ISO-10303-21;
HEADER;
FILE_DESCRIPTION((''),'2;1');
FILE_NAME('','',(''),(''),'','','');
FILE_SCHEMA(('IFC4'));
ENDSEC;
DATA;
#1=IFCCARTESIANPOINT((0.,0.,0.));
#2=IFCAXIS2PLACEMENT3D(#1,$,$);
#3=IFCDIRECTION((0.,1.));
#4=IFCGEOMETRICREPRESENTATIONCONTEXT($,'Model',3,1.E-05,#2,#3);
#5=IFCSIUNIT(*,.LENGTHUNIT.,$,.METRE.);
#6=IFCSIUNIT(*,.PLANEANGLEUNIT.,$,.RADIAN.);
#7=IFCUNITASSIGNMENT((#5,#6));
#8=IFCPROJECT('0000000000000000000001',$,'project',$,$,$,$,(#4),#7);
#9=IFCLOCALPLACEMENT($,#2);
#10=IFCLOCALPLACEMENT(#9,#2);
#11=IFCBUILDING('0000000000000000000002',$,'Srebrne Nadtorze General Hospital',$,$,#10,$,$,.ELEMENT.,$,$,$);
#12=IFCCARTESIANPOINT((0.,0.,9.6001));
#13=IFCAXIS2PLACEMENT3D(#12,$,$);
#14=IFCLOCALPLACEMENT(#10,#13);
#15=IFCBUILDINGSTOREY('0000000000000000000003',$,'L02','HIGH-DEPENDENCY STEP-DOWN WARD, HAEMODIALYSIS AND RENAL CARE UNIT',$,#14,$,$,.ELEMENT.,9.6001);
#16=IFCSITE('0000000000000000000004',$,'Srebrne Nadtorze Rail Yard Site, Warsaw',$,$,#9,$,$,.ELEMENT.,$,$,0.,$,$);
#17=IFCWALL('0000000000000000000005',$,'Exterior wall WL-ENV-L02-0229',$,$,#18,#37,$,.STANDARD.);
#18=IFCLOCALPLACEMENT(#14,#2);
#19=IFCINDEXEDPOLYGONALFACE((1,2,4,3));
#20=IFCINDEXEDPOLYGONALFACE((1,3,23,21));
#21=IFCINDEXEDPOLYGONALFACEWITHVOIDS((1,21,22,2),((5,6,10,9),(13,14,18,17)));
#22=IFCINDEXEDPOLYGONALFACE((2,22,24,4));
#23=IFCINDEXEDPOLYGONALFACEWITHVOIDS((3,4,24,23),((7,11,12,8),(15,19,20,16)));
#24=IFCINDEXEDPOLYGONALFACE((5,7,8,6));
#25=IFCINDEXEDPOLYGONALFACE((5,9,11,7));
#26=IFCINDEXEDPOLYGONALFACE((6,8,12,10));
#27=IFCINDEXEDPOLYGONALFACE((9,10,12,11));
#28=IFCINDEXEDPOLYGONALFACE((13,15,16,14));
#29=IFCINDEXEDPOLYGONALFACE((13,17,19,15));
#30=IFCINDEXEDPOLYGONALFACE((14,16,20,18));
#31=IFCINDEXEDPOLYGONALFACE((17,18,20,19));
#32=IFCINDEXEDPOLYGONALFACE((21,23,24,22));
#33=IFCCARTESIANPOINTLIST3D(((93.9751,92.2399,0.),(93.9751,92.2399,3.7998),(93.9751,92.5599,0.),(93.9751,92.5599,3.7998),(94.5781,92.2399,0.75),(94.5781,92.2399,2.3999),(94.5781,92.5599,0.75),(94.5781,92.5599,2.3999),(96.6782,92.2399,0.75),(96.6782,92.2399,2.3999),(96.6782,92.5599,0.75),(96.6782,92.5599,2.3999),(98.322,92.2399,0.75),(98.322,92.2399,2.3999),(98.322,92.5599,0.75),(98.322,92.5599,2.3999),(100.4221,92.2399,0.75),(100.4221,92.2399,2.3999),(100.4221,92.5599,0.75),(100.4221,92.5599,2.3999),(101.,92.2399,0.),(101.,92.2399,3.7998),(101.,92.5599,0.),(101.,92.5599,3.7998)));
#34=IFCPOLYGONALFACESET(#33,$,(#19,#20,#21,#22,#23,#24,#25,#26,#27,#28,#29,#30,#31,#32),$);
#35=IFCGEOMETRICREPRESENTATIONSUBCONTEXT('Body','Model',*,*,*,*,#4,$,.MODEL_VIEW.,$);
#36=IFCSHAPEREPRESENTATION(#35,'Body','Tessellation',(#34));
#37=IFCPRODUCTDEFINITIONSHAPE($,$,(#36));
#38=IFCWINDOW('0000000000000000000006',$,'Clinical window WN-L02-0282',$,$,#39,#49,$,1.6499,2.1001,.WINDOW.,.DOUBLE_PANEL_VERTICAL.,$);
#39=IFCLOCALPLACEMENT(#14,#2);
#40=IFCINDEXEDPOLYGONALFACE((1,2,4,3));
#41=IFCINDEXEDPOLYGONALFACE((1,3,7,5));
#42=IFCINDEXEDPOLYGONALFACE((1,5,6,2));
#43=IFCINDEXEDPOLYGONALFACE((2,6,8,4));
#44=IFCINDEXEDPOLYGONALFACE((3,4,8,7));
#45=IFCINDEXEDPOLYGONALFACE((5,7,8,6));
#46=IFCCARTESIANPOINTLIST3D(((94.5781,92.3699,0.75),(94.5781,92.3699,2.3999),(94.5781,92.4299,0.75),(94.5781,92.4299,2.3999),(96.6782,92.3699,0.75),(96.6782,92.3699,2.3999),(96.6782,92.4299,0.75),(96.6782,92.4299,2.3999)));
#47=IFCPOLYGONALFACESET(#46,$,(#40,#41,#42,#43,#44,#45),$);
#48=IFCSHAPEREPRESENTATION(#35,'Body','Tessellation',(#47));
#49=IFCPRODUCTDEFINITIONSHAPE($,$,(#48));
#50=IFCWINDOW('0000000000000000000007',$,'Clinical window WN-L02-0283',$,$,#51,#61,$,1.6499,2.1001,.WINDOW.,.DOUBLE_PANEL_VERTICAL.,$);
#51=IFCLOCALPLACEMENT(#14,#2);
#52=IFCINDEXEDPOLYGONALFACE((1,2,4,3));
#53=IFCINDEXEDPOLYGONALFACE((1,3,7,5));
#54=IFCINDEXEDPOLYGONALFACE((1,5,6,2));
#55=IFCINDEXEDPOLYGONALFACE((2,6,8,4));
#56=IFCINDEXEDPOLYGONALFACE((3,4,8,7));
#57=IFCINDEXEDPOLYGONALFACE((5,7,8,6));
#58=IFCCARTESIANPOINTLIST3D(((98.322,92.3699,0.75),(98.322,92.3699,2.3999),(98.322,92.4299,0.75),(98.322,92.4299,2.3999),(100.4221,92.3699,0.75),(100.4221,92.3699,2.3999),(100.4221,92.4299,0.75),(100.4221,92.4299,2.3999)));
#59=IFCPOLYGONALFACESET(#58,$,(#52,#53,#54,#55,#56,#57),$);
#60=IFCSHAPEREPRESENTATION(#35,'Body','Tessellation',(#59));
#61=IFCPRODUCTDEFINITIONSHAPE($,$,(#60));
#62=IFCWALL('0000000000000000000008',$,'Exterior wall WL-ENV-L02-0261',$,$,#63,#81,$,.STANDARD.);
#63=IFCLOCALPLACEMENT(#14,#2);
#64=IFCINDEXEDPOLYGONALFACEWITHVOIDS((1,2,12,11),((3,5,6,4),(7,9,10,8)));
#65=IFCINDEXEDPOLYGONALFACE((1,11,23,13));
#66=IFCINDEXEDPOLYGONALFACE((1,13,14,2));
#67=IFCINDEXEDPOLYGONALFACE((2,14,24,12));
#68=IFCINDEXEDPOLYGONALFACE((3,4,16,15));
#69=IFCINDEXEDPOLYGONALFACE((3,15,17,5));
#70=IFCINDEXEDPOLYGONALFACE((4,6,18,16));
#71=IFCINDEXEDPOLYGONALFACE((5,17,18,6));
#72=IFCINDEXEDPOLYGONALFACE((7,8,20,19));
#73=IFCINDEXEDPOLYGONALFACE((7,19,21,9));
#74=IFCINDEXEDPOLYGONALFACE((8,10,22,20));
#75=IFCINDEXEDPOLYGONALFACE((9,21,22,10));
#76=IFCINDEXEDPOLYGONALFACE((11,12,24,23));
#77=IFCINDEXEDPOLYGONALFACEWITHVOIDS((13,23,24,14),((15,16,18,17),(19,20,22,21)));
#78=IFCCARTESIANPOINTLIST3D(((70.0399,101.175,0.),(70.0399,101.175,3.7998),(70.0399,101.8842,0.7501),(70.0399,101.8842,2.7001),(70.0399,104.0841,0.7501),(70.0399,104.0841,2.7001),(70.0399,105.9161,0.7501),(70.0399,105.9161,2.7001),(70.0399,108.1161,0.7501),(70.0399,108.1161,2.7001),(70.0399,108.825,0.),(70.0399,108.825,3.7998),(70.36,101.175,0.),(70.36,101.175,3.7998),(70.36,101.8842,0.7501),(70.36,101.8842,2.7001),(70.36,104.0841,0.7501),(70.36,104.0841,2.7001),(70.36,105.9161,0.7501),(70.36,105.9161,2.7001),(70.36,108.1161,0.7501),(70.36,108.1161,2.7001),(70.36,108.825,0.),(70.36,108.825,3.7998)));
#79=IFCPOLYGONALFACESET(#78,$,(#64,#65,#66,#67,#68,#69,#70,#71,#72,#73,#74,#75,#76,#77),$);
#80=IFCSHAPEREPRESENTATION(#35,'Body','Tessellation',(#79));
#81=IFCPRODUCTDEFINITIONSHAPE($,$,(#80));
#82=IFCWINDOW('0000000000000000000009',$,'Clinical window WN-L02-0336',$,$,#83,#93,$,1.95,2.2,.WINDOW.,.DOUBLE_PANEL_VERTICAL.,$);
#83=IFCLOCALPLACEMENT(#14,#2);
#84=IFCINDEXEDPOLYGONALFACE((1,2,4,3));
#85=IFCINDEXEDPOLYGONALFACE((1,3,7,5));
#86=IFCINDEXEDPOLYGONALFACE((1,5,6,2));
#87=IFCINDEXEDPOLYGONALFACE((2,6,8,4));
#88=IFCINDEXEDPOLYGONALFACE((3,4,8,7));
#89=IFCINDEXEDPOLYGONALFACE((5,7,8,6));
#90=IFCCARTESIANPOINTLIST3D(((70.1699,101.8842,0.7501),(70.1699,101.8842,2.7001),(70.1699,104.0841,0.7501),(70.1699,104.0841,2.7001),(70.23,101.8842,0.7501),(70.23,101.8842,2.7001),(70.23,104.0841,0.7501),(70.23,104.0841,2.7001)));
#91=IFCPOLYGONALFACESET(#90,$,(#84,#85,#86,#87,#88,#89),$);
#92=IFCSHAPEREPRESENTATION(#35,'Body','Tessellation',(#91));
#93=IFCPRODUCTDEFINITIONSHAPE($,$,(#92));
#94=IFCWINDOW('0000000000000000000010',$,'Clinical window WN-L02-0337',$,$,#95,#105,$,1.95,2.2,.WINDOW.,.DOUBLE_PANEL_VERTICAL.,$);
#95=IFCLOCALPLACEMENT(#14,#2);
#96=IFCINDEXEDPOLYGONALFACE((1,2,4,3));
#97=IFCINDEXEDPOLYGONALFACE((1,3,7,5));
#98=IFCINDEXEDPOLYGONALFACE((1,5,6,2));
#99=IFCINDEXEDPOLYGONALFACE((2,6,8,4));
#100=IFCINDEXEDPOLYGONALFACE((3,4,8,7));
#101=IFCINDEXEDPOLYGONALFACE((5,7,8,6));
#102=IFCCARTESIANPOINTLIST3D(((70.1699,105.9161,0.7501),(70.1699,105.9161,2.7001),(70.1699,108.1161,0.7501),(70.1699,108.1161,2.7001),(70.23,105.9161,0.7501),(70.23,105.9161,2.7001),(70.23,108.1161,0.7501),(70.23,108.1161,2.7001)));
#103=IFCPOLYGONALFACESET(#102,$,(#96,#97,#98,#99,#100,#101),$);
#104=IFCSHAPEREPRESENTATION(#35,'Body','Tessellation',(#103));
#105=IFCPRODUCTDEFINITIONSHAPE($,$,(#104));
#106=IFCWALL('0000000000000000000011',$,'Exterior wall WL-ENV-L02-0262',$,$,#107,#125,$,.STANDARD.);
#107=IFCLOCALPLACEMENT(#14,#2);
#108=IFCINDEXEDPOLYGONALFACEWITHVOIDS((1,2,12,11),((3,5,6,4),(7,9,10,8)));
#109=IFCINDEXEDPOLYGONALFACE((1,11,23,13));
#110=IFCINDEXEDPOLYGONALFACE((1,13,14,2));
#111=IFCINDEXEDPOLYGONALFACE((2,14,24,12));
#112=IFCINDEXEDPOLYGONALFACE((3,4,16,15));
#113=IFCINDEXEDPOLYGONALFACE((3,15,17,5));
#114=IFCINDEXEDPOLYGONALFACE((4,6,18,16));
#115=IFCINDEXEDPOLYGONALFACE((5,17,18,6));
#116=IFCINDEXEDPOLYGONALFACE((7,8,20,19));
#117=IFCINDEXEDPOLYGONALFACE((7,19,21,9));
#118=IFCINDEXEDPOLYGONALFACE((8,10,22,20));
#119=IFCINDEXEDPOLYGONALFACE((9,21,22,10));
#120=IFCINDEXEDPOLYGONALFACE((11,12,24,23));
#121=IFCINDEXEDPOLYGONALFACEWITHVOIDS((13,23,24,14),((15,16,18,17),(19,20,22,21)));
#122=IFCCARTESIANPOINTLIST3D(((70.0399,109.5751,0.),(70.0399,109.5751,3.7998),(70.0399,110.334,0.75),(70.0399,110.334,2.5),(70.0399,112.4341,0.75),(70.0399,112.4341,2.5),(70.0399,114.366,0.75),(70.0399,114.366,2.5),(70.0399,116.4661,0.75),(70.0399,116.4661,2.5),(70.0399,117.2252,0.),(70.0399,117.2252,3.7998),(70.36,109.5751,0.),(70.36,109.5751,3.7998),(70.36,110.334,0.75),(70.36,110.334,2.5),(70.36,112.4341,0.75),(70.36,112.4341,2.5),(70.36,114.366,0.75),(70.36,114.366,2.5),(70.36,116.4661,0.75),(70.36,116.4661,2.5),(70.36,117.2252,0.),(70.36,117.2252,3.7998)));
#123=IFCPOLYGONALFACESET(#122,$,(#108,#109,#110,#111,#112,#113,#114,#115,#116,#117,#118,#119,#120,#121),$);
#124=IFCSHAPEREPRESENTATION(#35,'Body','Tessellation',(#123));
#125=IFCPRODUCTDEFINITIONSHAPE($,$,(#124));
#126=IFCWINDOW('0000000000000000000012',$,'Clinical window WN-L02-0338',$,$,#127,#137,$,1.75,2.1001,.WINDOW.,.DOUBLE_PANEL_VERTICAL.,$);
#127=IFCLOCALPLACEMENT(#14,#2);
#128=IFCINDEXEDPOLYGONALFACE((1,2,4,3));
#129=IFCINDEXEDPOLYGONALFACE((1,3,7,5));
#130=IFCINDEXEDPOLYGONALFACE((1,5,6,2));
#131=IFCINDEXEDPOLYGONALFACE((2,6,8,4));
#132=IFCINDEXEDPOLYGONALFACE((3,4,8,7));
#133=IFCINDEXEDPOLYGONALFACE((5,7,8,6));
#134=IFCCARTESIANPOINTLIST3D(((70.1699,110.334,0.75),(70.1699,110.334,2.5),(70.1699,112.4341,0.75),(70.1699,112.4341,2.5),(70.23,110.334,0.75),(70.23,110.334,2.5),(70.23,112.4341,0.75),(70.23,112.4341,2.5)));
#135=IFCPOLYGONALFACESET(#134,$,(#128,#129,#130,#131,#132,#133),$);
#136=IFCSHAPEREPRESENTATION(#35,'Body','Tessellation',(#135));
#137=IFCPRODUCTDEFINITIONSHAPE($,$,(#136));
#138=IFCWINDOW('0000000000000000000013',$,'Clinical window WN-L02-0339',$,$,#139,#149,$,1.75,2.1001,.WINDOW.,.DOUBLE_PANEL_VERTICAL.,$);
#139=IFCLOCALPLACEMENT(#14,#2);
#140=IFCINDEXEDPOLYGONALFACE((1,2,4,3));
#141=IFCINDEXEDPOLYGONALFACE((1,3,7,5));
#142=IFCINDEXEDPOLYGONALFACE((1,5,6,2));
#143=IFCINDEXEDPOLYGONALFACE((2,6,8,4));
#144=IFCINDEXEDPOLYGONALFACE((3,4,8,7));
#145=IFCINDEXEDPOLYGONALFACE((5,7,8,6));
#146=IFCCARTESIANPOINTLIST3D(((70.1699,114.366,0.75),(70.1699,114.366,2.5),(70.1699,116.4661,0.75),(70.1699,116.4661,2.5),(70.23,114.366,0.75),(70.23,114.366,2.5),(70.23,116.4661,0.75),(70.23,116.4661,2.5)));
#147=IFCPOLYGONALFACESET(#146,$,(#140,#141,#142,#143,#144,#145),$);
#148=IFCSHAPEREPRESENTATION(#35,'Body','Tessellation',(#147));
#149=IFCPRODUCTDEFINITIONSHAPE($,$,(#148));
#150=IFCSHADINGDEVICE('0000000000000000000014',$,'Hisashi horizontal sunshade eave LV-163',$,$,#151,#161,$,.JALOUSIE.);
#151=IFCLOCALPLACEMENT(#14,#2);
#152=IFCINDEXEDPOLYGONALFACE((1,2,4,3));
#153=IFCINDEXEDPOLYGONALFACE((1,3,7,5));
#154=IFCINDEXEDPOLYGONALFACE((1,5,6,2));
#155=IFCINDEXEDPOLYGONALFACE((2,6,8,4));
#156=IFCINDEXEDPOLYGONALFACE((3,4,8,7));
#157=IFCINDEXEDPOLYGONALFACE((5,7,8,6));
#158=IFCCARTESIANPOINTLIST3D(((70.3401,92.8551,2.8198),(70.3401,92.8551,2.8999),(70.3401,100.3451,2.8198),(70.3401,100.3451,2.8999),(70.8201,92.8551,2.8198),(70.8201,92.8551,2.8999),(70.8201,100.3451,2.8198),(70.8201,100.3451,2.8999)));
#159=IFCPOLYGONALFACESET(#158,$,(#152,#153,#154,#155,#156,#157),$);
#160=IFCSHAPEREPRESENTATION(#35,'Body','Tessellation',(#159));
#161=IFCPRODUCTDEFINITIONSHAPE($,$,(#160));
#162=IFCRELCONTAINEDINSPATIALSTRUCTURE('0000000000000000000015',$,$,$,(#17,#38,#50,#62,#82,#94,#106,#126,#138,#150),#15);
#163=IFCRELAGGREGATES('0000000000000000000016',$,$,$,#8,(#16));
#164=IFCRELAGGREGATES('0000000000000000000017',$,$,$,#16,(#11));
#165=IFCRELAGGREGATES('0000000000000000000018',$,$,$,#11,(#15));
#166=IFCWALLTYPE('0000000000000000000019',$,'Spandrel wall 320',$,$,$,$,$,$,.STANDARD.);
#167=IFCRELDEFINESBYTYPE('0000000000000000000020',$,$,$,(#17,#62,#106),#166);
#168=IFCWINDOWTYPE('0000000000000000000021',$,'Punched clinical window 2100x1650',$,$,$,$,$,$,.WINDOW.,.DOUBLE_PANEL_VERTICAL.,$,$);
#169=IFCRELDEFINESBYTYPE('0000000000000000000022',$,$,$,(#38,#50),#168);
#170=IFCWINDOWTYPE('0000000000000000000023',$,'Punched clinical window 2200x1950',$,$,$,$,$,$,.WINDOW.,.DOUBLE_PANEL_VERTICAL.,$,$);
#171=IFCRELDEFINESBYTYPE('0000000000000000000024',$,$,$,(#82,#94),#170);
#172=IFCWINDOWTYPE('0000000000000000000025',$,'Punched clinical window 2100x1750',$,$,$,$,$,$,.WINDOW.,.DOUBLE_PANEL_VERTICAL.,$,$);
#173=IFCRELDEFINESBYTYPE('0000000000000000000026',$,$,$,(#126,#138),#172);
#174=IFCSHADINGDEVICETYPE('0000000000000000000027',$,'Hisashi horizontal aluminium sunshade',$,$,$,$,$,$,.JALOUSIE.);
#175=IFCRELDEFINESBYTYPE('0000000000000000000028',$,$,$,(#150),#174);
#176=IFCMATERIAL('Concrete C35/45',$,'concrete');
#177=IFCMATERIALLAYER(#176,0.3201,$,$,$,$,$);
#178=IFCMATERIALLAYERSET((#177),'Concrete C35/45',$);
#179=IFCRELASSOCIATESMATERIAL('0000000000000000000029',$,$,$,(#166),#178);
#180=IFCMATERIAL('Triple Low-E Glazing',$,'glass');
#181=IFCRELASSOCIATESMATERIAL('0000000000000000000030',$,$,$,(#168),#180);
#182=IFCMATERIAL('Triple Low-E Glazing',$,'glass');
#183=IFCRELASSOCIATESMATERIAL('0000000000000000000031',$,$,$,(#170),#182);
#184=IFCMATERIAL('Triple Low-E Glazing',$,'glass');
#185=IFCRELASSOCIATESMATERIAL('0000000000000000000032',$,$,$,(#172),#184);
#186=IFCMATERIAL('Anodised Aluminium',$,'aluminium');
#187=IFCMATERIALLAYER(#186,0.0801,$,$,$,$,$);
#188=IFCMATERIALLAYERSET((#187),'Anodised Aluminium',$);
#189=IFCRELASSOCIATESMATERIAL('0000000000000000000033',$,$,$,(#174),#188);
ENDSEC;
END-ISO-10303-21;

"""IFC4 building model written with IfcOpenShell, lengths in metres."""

from ifc_helpers import new_model, si_unit, direction, frame, frame_2d, origin, origin_2d, place, context, subcontext, project, spatial, rectangle, extrude, material, layer, layer_set, type_object, element, fill, save


model = new_model("IFC4")

# Units and contexts
model_context = context("Model", 3, precision=1e-05, world=origin(), true_north=direction((0.0, 1.0)))
body_context = subcontext(model_context, "Body", "Model", "MODEL_VIEW")
ifc_project = project(units=[si_unit("LENGTHUNIT", "METRE"), si_unit("PLANEANGLEUNIT", "RADIAN")], contexts=[model_context])

# Site, building, storey
site_placement = place(None, origin())
site = spatial("IfcSite", under=ifc_project, at=site_placement, Name="Srebrne Nadtorze Rail Yard Site, Warsaw", CompositionType="ELEMENT", RefElevation=0.0)
building_placement = place(site_placement, origin())
building = spatial("IfcBuilding", under=site, at=building_placement, Name="Srebrne Nadtorze General Hospital", CompositionType="ELEMENT")
storey_placement = place(building_placement, frame((0.0, 0.0, 9.6001)))
storey = spatial("IfcBuildingStorey", under=building, at=storey_placement, Name="L02", Description="HIGH-DEPENDENCY STEP-DOWN WARD, HAEMODIALYSIS AND RENAL CARE UNIT", CompositionType="ELEMENT", Elevation=9.6001)

# Walls, openings, windows
ifc_material_1 = material(Name="Concrete C35/45", Category="concrete")
ifc_layer_1 = layer(ifc_material_1, 0.3201)
ifc_layer_set_1 = layer_set([ifc_layer_1], Name="Concrete C35/45")
wall_type_1 = type_object("IfcWallType", Name="Spandrel wall 320", PredefinedType="STANDARD", material=ifc_layer_set_1)
wall_1_placement = place(storey_placement, frame((93.9751, 92.3999, 0.0), z_axis=(0.0, 0.0, 1.0), x_axis=(1.0, 0.0, 0.0)))
wall_1 = element("IfcWall", 1, at=wall_1_placement, inside=storey, type_object=wall_type_1, Name="Exterior wall WL-ENV-L02-0229", PredefinedType="STANDARD", context=body_context, shape_type="SweptSolid", body=[
    extrude(rectangle(XDim=7.0249, YDim=0.3201, at=frame_2d((3.5125, 0.0))), origin(), (0.0, 0.0, 1.0), 3.7998),
])
opening_1_placement = place(wall_1_placement, frame((0.603, 0.0, 0.75)))
opening_1 = element("IfcOpeningElement", 2, at=opening_1_placement, cuts=wall_1, PredefinedType="OPENING", context=body_context, shape_type="SweptSolid", body=[
    extrude(rectangle(XDim=2.1001, YDim=1.6499, at=frame_2d((1.05, 0.825))), frame((0.0, 0.1719, 0.0), z_axis=(0.0, -1.0, 0.0), x_axis=(1.0, 0.0, 0.0)), (0.0, 0.0, 1.0), 0.344),
])
opening_2_placement = place(wall_1_placement, frame((4.3469, 0.0, 0.75)))
opening_2 = element("IfcOpeningElement", 3, at=opening_2_placement, cuts=wall_1, PredefinedType="OPENING", context=body_context, shape_type="SweptSolid", body=[
    extrude(rectangle(XDim=2.1001, YDim=1.6499, at=frame_2d((1.05, 0.825))), frame((0.0, 0.1719, 0.0), z_axis=(0.0, -1.0, 0.0), x_axis=(1.0, 0.0, 0.0)), (0.0, 0.0, 1.0), 0.344),
])
ifc_material_2 = material(Name="Triple Low-E Glazing", Category="glass")
window_type_1 = type_object("IfcWindowType", Name="Punched clinical window 2100x1650", PartitioningType="DOUBLE_PANEL_VERTICAL", PredefinedType="WINDOW", material=ifc_material_2)
window_1_placement = place(opening_1_placement, origin())
window_1 = element("IfcWindow", 4, at=window_1_placement, inside=storey, type_object=window_type_1, Name="Clinical window WN-L02-0282", OverallHeight=1.6499, OverallWidth=2.1001, PartitioningType="DOUBLE_PANEL_VERTICAL", PredefinedType="WINDOW", context=body_context, shape_type="SweptSolid", body=[
    extrude(rectangle(XDim=2.1001, YDim=1.6499, at=frame_2d((1.05, 0.825))), frame((0.0, 0.03, 0.0), z_axis=(0.0, -1.0, 0.0), x_axis=(1.0, 0.0, 0.0)), (0.0, 0.0, 1.0), 0.0601),
])
fill(opening_1, window_1)
window_2_placement = place(opening_2_placement, origin())
window_2 = element("IfcWindow", 5, at=window_2_placement, inside=storey, type_object=window_type_1, Name="Clinical window WN-L02-0283", OverallHeight=1.6499, OverallWidth=2.1001, PartitioningType="DOUBLE_PANEL_VERTICAL", PredefinedType="WINDOW", context=body_context, shape_type="SweptSolid", body=[
    extrude(rectangle(XDim=2.1001, YDim=1.6499, at=frame_2d((1.05, 0.825))), frame((0.0, 0.03, 0.0), z_axis=(0.0, -1.0, 0.0), x_axis=(1.0, 0.0, 0.0)), (0.0, 0.0, 1.0), 0.0601),
])
fill(opening_2, window_2)
wall_2_placement = place(storey_placement, frame((70.2, 101.175, 0.0), z_axis=(0.0, 0.0, 1.0), x_axis=(0.0, 1.0, 0.0)))
wall_2 = element("IfcWall", 6, at=wall_2_placement, inside=storey, type_object=wall_type_1, Name="Exterior wall WL-ENV-L02-0261", PredefinedType="STANDARD", context=body_context, shape_type="SweptSolid", body=[
    extrude(rectangle(XDim=7.6499, YDim=0.3201, at=frame_2d((3.825, 0.0))), origin(), (0.0, 0.0, 1.0), 3.7998),
])
opening_3_placement = place(wall_2_placement, frame((0.709, 0.0, 0.75)))
opening_3 = element("IfcOpeningElement", 7, at=opening_3_placement, cuts=wall_2, PredefinedType="OPENING", context=body_context, shape_type="SweptSolid", body=[
    extrude(rectangle(XDim=2.2, YDim=1.95, at=frame_2d((1.1001, 0.9751))), frame((0.0, 0.1719, 0.0), z_axis=(0.0, -1.0, 0.0), x_axis=(1.0, 0.0, 0.0)), (0.0, 0.0, 1.0), 0.344),
])
opening_4_placement = place(wall_2_placement, frame((4.741, 0.0, 0.75)))
opening_4 = element("IfcOpeningElement", 8, at=opening_4_placement, cuts=wall_2, PredefinedType="OPENING", context=body_context, shape_type="SweptSolid", body=[
    extrude(rectangle(XDim=2.2, YDim=1.95, at=frame_2d((1.1001, 0.9751))), frame((0.0, 0.1719, 0.0), z_axis=(0.0, -1.0, 0.0), x_axis=(1.0, 0.0, 0.0)), (0.0, 0.0, 1.0), 0.344),
])
ifc_material_3 = material(Name="Triple Low-E Glazing", Category="glass")
window_type_2 = type_object("IfcWindowType", Name="Punched clinical window 2200x1950", PartitioningType="DOUBLE_PANEL_VERTICAL", PredefinedType="WINDOW", material=ifc_material_3)
window_3_placement = place(opening_3_placement, origin())
window_3 = element("IfcWindow", 9, at=window_3_placement, inside=storey, type_object=window_type_2, Name="Clinical window WN-L02-0336", OverallHeight=1.95, OverallWidth=2.2, PartitioningType="DOUBLE_PANEL_VERTICAL", PredefinedType="WINDOW", context=body_context, shape_type="SweptSolid", body=[
    extrude(rectangle(XDim=2.2, YDim=1.95, at=frame_2d((1.1001, 0.9751))), frame((0.0, 0.03, 0.0), z_axis=(0.0, -1.0, 0.0), x_axis=(1.0, 0.0, 0.0)), (0.0, 0.0, 1.0), 0.0601),
])
fill(opening_3, window_3)
window_4_placement = place(opening_4_placement, origin())
window_4 = element("IfcWindow", 10, at=window_4_placement, inside=storey, type_object=window_type_2, Name="Clinical window WN-L02-0337", OverallHeight=1.95, OverallWidth=2.2, PartitioningType="DOUBLE_PANEL_VERTICAL", PredefinedType="WINDOW", context=body_context, shape_type="SweptSolid", body=[
    extrude(rectangle(XDim=2.2, YDim=1.95, at=frame_2d((1.1001, 0.9751))), frame((0.0, 0.03, 0.0), z_axis=(0.0, -1.0, 0.0), x_axis=(1.0, 0.0, 0.0)), (0.0, 0.0, 1.0), 0.0601),
])
fill(opening_4, window_4)
wall_3_placement = place(storey_placement, frame((70.2, 109.575, 0.0), z_axis=(0.0, 0.0, 1.0), x_axis=(0.0, 1.0, 0.0)))
wall_3 = element("IfcWall", 11, at=wall_3_placement, inside=storey, type_object=wall_type_1, Name="Exterior wall WL-ENV-L02-0262", PredefinedType="STANDARD", context=body_context, shape_type="SweptSolid", body=[
    extrude(rectangle(XDim=7.6501, YDim=0.3201, at=frame_2d((3.8252, 0.0))), origin(), (0.0, 0.0, 1.0), 3.7998),
])
opening_5_placement = place(wall_3_placement, frame((0.759, 0.0, 0.75)))
opening_5 = element("IfcOpeningElement", 12, at=opening_5_placement, cuts=wall_3, PredefinedType="OPENING", context=body_context, shape_type="SweptSolid", body=[
    extrude(rectangle(XDim=2.1001, YDim=1.75, at=frame_2d((1.05, 0.875))), frame((0.0, 0.1719, 0.0), z_axis=(0.0, -1.0, 0.0), x_axis=(1.0, 0.0, 0.0)), (0.0, 0.0, 1.0), 0.344),
])
opening_6_placement = place(wall_3_placement, frame((4.791, 0.0, 0.75)))
opening_6 = element("IfcOpeningElement", 13, at=opening_6_placement, cuts=wall_3, PredefinedType="OPENING", context=body_context, shape_type="SweptSolid", body=[
    extrude(rectangle(XDim=2.1001, YDim=1.75, at=frame_2d((1.05, 0.875))), frame((0.0, 0.1719, 0.0), z_axis=(0.0, -1.0, 0.0), x_axis=(1.0, 0.0, 0.0)), (0.0, 0.0, 1.0), 0.344),
])
ifc_material_4 = material(Name="Triple Low-E Glazing", Category="glass")
window_type_3 = type_object("IfcWindowType", Name="Punched clinical window 2100x1750", PartitioningType="DOUBLE_PANEL_VERTICAL", PredefinedType="WINDOW", material=ifc_material_4)
window_5_placement = place(opening_5_placement, origin())
window_5 = element("IfcWindow", 14, at=window_5_placement, inside=storey, type_object=window_type_3, Name="Clinical window WN-L02-0338", OverallHeight=1.75, OverallWidth=2.1001, PartitioningType="DOUBLE_PANEL_VERTICAL", PredefinedType="WINDOW", context=body_context, shape_type="SweptSolid", body=[
    extrude(rectangle(XDim=2.1001, YDim=1.75, at=frame_2d((1.05, 0.875))), frame((0.0, 0.03, 0.0), z_axis=(0.0, -1.0, 0.0), x_axis=(1.0, 0.0, 0.0)), (0.0, 0.0, 1.0), 0.0601),
])
fill(opening_5, window_5)
window_6_placement = place(opening_6_placement, origin())
window_6 = element("IfcWindow", 15, at=window_6_placement, inside=storey, type_object=window_type_3, Name="Clinical window WN-L02-0339", OverallHeight=1.75, OverallWidth=2.1001, PartitioningType="DOUBLE_PANEL_VERTICAL", PredefinedType="WINDOW", context=body_context, shape_type="SweptSolid", body=[
    extrude(rectangle(XDim=2.1001, YDim=1.75, at=frame_2d((1.05, 0.875))), frame((0.0, 0.03, 0.0), z_axis=(0.0, -1.0, 0.0), x_axis=(1.0, 0.0, 0.0)), (0.0, 0.0, 1.0), 0.0601),
])
fill(opening_6, window_6)

# Shading device
ifc_material_5 = material(Name="Anodised Aluminium", Category="aluminium")
ifc_layer_2 = layer(ifc_material_5, 0.0801)
ifc_layer_set_2 = layer_set([ifc_layer_2], Name="Anodised Aluminium")
shading_device_type = type_object("IfcShadingDeviceType", Name="Hisashi horizontal aluminium sunshade", PredefinedType="JALOUSIE", material=ifc_layer_set_2)
for number, where, z_axis, x_axis, name in (
    (16, (70.5801, 96.6001, 2.8198), (0.0, 0.0, 1.0), (1.0, 0.0, 0.0), "Hisashi horizontal sunshade eave LV-163"),
):
    element("IfcShadingDevice", number, at=place(storey_placement, frame(where, z_axis=z_axis, x_axis=x_axis)), inside=storey, type_object=shading_device_type, Name=name, PredefinedType="JALOUSIE", context=body_context, shape_type="SweptSolid", body=[
        extrude(rectangle(XDim=0.48, YDim=7.49, at=origin_2d()), origin(), (0.0, 0.0, 1.0), 0.0801),
    ])

save(model, "model.ifc")
